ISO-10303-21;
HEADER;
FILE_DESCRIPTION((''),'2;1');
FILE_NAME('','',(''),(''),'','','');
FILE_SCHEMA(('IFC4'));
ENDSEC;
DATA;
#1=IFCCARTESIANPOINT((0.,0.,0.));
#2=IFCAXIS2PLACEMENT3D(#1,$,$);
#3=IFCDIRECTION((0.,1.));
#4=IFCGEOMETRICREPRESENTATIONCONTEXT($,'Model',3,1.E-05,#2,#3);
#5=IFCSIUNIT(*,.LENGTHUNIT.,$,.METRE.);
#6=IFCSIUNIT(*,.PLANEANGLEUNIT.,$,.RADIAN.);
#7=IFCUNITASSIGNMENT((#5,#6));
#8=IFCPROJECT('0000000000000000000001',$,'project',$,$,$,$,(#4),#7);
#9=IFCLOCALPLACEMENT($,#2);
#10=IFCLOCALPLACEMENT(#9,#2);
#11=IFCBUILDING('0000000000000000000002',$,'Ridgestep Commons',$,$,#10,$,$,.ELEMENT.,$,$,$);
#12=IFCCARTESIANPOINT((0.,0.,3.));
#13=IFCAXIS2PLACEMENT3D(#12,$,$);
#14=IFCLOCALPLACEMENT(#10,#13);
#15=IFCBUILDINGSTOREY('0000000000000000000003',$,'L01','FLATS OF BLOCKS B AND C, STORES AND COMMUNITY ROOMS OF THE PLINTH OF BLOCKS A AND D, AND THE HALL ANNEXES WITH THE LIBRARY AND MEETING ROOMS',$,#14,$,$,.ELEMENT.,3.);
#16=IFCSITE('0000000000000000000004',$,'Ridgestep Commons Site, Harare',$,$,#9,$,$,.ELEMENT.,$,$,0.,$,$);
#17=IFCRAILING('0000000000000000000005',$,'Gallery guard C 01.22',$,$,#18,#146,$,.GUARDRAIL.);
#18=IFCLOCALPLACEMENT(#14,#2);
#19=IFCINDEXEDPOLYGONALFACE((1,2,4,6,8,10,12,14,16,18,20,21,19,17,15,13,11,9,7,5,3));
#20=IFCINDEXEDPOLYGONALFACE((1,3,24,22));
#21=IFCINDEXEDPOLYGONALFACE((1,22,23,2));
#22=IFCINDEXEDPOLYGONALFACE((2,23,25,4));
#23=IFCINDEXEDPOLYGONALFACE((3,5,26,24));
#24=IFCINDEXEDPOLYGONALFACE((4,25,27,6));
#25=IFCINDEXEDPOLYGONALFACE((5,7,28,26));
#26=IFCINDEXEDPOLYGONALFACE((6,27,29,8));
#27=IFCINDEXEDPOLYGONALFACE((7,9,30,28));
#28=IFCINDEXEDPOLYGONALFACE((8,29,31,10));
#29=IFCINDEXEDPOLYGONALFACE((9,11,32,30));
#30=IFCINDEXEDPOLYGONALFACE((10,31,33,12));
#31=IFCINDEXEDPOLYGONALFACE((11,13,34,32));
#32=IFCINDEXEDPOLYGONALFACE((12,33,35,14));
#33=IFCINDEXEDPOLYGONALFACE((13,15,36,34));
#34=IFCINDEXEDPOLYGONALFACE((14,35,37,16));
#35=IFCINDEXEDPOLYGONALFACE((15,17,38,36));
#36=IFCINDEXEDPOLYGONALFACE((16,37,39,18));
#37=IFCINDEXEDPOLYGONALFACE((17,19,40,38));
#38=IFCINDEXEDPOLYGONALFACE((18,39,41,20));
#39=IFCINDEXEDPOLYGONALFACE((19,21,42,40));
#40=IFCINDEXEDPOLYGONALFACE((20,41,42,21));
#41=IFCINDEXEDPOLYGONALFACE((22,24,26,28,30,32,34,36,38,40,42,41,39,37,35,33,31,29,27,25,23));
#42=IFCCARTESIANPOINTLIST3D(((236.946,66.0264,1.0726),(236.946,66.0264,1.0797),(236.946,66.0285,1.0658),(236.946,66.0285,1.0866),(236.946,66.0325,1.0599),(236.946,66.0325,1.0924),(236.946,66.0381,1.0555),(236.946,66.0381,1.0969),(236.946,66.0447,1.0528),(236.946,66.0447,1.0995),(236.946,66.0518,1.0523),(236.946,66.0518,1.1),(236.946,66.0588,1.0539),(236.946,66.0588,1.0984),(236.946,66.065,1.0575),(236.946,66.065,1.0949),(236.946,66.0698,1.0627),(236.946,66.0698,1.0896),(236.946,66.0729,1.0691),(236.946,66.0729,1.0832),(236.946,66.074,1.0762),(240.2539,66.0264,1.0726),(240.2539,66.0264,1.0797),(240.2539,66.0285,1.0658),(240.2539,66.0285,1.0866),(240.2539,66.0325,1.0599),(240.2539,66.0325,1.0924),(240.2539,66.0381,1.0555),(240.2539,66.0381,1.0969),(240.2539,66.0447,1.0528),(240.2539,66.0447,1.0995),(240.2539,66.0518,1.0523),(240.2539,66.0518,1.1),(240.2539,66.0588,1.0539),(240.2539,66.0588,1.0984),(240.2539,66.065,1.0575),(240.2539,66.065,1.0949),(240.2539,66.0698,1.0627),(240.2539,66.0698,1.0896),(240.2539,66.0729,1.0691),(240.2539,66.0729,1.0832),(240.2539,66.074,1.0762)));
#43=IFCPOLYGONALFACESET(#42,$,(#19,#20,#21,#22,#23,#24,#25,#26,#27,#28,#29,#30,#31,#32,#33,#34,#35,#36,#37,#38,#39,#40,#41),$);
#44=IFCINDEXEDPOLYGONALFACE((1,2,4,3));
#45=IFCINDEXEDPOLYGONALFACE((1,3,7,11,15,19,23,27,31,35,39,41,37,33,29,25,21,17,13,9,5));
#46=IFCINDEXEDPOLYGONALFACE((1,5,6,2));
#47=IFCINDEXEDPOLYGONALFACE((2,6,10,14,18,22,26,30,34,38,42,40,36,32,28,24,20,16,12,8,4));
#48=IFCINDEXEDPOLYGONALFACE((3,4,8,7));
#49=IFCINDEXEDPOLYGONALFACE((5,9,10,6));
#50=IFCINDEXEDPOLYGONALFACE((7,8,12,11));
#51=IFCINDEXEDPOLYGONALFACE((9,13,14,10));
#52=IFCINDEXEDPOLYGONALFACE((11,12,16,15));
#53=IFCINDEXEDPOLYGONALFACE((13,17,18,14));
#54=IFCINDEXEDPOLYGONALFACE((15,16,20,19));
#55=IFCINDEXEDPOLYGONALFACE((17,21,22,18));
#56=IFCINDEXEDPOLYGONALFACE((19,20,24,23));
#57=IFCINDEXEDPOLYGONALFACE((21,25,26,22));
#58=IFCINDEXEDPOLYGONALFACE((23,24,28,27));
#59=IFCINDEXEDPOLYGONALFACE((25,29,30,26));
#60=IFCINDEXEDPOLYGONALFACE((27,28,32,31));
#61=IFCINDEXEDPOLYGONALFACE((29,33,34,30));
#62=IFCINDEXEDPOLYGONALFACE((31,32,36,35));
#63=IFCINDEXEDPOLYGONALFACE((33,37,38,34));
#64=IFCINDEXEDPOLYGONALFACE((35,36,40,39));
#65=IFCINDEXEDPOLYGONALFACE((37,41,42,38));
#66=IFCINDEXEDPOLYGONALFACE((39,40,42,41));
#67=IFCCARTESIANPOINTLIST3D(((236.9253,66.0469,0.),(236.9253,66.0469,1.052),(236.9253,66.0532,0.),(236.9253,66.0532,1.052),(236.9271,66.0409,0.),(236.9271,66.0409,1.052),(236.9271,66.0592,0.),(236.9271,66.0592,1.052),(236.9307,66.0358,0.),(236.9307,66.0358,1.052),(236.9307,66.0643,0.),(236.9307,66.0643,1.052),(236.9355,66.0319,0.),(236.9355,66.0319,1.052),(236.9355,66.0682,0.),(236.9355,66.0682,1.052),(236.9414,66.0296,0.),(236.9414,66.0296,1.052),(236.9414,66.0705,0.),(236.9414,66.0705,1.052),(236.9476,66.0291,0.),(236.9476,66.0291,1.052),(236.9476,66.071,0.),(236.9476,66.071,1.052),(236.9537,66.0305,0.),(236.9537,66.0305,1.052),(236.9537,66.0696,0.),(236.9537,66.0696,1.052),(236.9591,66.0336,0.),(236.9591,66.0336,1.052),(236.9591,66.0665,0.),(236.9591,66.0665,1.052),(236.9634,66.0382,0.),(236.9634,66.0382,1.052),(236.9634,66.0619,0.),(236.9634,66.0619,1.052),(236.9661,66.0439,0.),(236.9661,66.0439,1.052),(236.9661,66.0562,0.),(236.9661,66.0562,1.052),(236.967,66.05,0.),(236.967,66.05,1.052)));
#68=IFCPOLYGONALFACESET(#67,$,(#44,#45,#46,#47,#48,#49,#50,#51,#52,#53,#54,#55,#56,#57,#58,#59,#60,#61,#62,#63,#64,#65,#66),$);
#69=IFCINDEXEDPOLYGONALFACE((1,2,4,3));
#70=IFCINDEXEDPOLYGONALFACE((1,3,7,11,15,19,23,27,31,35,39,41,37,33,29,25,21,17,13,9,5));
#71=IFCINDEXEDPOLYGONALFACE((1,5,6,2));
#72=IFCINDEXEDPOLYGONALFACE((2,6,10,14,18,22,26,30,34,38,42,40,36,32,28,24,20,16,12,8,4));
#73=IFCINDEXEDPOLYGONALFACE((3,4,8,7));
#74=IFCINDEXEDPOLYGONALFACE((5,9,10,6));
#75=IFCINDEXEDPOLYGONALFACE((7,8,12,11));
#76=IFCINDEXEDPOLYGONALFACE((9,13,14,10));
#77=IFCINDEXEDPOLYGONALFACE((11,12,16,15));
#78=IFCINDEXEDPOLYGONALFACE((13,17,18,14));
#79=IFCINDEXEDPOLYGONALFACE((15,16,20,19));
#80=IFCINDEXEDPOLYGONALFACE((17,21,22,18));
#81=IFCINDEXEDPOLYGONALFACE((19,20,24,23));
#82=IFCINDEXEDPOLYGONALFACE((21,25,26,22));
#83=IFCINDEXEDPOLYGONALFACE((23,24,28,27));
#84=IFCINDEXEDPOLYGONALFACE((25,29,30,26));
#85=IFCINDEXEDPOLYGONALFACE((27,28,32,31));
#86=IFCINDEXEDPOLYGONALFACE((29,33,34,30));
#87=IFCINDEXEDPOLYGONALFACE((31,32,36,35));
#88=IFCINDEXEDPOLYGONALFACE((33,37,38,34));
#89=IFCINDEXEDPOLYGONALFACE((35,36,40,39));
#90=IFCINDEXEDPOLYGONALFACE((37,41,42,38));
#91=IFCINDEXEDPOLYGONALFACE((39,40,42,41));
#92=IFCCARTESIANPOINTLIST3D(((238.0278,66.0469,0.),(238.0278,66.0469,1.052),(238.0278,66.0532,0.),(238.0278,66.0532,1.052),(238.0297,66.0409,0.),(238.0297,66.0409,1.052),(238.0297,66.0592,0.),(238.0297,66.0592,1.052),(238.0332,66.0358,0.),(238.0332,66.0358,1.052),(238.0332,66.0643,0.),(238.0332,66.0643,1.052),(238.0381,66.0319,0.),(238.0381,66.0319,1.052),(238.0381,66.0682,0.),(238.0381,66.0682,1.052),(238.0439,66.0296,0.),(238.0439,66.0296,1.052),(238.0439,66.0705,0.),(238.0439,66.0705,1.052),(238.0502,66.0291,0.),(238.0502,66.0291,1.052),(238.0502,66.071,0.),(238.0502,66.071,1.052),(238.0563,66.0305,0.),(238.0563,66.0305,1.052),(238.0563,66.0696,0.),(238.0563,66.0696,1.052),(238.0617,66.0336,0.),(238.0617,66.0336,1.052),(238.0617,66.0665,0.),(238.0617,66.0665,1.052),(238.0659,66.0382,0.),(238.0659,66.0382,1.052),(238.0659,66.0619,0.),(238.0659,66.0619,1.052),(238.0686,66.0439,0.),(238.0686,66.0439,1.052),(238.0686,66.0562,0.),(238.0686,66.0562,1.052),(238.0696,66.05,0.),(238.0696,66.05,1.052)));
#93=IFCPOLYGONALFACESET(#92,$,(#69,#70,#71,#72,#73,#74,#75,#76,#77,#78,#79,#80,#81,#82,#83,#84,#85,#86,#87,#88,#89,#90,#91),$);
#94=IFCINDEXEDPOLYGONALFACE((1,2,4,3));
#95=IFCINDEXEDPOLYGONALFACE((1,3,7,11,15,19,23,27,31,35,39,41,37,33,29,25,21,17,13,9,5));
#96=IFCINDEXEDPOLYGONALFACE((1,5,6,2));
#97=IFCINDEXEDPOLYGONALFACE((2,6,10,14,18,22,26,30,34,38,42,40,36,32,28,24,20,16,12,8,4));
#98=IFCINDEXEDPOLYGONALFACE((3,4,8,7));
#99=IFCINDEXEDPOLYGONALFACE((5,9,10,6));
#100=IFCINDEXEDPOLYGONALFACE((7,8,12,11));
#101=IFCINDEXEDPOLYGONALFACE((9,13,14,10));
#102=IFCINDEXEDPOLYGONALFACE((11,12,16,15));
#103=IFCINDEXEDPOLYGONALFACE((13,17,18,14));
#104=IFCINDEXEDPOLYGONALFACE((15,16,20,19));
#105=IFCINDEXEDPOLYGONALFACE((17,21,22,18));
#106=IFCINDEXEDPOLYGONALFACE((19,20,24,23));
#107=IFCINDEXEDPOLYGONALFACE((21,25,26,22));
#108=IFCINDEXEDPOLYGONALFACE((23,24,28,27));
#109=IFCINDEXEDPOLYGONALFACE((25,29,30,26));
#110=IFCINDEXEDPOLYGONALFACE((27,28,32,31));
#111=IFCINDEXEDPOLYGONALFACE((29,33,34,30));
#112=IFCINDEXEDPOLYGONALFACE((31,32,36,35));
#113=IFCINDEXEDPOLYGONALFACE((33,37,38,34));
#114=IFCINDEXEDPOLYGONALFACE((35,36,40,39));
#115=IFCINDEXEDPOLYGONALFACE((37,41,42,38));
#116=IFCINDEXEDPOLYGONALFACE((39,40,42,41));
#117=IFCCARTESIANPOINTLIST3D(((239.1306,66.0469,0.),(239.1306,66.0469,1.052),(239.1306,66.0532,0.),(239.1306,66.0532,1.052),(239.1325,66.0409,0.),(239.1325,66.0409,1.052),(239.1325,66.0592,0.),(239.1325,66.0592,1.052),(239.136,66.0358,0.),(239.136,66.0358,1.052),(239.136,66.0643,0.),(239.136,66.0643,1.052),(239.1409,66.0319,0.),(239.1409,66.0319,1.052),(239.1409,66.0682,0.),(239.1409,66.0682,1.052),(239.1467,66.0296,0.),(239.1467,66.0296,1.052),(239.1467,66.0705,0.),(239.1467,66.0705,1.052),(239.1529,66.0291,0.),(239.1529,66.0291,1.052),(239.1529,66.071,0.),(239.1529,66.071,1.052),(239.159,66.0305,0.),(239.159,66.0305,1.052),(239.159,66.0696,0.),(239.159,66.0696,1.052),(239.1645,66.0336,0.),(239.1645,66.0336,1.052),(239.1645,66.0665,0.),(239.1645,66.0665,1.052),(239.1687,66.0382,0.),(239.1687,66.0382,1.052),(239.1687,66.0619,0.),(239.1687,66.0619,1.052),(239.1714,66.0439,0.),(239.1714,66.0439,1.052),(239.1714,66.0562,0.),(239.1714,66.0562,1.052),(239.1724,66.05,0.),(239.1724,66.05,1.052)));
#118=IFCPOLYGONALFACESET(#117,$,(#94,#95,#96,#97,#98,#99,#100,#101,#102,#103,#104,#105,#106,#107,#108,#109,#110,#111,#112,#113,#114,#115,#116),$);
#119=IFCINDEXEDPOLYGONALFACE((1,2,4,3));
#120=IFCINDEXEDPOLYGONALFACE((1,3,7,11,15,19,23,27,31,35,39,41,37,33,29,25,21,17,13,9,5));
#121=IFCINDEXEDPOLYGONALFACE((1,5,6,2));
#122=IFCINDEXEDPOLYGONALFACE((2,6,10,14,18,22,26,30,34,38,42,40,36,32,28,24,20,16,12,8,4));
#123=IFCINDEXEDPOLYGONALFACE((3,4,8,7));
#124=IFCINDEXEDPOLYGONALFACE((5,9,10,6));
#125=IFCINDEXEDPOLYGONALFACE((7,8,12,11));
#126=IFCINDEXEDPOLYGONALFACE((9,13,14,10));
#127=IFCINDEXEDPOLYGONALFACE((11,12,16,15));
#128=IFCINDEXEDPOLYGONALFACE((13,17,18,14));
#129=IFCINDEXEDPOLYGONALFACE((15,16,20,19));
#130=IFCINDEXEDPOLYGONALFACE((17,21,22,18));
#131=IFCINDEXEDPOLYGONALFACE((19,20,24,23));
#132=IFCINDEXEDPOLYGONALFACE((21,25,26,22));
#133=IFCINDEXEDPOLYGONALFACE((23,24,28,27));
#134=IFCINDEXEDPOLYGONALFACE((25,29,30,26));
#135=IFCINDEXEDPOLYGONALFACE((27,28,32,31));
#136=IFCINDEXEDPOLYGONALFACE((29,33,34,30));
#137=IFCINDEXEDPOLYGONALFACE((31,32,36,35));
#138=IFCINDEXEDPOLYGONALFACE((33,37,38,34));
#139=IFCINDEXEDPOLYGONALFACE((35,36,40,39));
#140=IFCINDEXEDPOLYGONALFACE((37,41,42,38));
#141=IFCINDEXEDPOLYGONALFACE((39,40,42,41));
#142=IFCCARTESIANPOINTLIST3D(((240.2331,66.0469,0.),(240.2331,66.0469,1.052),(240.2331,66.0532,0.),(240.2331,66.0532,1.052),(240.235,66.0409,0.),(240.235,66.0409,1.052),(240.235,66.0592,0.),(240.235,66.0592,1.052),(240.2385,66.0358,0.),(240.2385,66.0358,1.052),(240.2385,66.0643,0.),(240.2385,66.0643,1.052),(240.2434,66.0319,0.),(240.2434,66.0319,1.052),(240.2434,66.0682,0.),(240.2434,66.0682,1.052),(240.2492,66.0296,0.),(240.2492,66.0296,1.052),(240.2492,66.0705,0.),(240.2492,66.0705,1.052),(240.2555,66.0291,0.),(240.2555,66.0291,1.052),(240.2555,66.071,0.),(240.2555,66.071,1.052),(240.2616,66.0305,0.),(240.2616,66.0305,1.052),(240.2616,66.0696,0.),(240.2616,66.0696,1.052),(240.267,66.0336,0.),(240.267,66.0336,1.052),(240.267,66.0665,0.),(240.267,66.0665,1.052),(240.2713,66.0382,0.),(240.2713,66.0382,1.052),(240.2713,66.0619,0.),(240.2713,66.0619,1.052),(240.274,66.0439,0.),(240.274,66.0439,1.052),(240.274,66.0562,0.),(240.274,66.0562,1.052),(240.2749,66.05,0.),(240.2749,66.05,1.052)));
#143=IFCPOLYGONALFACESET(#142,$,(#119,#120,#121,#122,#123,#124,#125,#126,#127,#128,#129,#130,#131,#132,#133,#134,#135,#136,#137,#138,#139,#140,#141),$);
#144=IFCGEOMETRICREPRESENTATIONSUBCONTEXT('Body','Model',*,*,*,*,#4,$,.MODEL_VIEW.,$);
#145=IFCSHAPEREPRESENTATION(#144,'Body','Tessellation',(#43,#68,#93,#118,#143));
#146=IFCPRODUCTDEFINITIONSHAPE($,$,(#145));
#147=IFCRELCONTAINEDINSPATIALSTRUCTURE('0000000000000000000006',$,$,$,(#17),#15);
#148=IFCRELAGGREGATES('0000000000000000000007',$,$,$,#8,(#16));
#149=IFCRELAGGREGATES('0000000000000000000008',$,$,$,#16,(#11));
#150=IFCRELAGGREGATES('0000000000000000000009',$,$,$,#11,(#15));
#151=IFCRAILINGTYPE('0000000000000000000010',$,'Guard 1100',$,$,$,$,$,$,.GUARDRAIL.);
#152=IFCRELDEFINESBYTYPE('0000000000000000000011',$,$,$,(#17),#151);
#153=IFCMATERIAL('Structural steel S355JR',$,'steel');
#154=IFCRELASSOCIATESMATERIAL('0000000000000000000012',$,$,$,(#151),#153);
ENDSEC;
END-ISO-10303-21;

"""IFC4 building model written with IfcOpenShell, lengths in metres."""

from ifc_helpers import new_model, si_unit, direction, frame, origin, origin_2d, place, context, subcontext, project, spatial, circle, extrude, material, type_object, element, save


model = new_model("IFC4")

# Units and contexts
model_context = context("Model", 3, precision=1e-05, world=origin(), true_north=direction((0.0, 1.0)))
body_context = subcontext(model_context, "Body", "Model", "MODEL_VIEW")
ifc_project = project(units=[si_unit("LENGTHUNIT", "METRE"), si_unit("PLANEANGLEUNIT", "RADIAN")], contexts=[model_context])

# Site, building, storey
site_placement = place(None, origin())
site = spatial("IfcSite", under=ifc_project, at=site_placement, Name="Ridgestep Commons Site, Harare", CompositionType="ELEMENT", RefElevation=0.0)
building_placement = place(site_placement, origin())
building = spatial("IfcBuilding", under=site, at=building_placement, Name="Ridgestep Commons", CompositionType="ELEMENT")
storey_placement = place(building_placement, frame((0.0, 0.0, 3.0)))
storey = spatial("IfcBuildingStorey", under=building, at=storey_placement, Name="L01", Description="FLATS OF BLOCKS B AND C, STORES AND COMMUNITY ROOMS OF THE PLINTH OF BLOCKS A AND D, AND THE HALL ANNEXES WITH THE LIBRARY AND MEETING ROOMS", CompositionType="ELEMENT", Elevation=3.0)

# Railing
ifc_material_1 = material(Name="Structural steel S355JR", Category="steel")
railing_type = type_object("IfcRailingType", Name="Guard 1100", PredefinedType="GUARDRAIL", material=ifc_material_1)
railing_1_placement = place(storey_placement, frame((236.946, 66.05, 0.0)))
element("IfcRailing", 1, at=railing_1_placement, inside=storey, type_object=railing_type, Name="Gallery guard C 01.22", PredefinedType="GUARDRAIL", context=body_context, shape_type="SweptSolid", body=[
    extrude(circle(Radius=0.0239, at=origin_2d()), frame((0.0, 0.0, 1.0762), z_axis=(1.0, 0.0, 0.0), x_axis=(0.0, 1.0, 0.0)), (0.0, 0.0, 1.0), 3.3079),
    extrude(circle(Radius=0.021, at=origin_2d()), origin(), (0.0, 0.0, 1.0), 1.052),
    extrude(circle(Radius=0.021, at=origin_2d()), frame((1.1025, 0.0, 0.0)), (0.0, 0.0, 1.0), 1.052),
    extrude(circle(Radius=0.021, at=origin_2d()), frame((2.2053, 0.0, 0.0)), (0.0, 0.0, 1.0), 1.052),
    extrude(circle(Radius=0.021, at=origin_2d()), frame((3.3079, 0.0, 0.0)), (0.0, 0.0, 1.0), 1.052),
])

save(model, "model.ifc")
